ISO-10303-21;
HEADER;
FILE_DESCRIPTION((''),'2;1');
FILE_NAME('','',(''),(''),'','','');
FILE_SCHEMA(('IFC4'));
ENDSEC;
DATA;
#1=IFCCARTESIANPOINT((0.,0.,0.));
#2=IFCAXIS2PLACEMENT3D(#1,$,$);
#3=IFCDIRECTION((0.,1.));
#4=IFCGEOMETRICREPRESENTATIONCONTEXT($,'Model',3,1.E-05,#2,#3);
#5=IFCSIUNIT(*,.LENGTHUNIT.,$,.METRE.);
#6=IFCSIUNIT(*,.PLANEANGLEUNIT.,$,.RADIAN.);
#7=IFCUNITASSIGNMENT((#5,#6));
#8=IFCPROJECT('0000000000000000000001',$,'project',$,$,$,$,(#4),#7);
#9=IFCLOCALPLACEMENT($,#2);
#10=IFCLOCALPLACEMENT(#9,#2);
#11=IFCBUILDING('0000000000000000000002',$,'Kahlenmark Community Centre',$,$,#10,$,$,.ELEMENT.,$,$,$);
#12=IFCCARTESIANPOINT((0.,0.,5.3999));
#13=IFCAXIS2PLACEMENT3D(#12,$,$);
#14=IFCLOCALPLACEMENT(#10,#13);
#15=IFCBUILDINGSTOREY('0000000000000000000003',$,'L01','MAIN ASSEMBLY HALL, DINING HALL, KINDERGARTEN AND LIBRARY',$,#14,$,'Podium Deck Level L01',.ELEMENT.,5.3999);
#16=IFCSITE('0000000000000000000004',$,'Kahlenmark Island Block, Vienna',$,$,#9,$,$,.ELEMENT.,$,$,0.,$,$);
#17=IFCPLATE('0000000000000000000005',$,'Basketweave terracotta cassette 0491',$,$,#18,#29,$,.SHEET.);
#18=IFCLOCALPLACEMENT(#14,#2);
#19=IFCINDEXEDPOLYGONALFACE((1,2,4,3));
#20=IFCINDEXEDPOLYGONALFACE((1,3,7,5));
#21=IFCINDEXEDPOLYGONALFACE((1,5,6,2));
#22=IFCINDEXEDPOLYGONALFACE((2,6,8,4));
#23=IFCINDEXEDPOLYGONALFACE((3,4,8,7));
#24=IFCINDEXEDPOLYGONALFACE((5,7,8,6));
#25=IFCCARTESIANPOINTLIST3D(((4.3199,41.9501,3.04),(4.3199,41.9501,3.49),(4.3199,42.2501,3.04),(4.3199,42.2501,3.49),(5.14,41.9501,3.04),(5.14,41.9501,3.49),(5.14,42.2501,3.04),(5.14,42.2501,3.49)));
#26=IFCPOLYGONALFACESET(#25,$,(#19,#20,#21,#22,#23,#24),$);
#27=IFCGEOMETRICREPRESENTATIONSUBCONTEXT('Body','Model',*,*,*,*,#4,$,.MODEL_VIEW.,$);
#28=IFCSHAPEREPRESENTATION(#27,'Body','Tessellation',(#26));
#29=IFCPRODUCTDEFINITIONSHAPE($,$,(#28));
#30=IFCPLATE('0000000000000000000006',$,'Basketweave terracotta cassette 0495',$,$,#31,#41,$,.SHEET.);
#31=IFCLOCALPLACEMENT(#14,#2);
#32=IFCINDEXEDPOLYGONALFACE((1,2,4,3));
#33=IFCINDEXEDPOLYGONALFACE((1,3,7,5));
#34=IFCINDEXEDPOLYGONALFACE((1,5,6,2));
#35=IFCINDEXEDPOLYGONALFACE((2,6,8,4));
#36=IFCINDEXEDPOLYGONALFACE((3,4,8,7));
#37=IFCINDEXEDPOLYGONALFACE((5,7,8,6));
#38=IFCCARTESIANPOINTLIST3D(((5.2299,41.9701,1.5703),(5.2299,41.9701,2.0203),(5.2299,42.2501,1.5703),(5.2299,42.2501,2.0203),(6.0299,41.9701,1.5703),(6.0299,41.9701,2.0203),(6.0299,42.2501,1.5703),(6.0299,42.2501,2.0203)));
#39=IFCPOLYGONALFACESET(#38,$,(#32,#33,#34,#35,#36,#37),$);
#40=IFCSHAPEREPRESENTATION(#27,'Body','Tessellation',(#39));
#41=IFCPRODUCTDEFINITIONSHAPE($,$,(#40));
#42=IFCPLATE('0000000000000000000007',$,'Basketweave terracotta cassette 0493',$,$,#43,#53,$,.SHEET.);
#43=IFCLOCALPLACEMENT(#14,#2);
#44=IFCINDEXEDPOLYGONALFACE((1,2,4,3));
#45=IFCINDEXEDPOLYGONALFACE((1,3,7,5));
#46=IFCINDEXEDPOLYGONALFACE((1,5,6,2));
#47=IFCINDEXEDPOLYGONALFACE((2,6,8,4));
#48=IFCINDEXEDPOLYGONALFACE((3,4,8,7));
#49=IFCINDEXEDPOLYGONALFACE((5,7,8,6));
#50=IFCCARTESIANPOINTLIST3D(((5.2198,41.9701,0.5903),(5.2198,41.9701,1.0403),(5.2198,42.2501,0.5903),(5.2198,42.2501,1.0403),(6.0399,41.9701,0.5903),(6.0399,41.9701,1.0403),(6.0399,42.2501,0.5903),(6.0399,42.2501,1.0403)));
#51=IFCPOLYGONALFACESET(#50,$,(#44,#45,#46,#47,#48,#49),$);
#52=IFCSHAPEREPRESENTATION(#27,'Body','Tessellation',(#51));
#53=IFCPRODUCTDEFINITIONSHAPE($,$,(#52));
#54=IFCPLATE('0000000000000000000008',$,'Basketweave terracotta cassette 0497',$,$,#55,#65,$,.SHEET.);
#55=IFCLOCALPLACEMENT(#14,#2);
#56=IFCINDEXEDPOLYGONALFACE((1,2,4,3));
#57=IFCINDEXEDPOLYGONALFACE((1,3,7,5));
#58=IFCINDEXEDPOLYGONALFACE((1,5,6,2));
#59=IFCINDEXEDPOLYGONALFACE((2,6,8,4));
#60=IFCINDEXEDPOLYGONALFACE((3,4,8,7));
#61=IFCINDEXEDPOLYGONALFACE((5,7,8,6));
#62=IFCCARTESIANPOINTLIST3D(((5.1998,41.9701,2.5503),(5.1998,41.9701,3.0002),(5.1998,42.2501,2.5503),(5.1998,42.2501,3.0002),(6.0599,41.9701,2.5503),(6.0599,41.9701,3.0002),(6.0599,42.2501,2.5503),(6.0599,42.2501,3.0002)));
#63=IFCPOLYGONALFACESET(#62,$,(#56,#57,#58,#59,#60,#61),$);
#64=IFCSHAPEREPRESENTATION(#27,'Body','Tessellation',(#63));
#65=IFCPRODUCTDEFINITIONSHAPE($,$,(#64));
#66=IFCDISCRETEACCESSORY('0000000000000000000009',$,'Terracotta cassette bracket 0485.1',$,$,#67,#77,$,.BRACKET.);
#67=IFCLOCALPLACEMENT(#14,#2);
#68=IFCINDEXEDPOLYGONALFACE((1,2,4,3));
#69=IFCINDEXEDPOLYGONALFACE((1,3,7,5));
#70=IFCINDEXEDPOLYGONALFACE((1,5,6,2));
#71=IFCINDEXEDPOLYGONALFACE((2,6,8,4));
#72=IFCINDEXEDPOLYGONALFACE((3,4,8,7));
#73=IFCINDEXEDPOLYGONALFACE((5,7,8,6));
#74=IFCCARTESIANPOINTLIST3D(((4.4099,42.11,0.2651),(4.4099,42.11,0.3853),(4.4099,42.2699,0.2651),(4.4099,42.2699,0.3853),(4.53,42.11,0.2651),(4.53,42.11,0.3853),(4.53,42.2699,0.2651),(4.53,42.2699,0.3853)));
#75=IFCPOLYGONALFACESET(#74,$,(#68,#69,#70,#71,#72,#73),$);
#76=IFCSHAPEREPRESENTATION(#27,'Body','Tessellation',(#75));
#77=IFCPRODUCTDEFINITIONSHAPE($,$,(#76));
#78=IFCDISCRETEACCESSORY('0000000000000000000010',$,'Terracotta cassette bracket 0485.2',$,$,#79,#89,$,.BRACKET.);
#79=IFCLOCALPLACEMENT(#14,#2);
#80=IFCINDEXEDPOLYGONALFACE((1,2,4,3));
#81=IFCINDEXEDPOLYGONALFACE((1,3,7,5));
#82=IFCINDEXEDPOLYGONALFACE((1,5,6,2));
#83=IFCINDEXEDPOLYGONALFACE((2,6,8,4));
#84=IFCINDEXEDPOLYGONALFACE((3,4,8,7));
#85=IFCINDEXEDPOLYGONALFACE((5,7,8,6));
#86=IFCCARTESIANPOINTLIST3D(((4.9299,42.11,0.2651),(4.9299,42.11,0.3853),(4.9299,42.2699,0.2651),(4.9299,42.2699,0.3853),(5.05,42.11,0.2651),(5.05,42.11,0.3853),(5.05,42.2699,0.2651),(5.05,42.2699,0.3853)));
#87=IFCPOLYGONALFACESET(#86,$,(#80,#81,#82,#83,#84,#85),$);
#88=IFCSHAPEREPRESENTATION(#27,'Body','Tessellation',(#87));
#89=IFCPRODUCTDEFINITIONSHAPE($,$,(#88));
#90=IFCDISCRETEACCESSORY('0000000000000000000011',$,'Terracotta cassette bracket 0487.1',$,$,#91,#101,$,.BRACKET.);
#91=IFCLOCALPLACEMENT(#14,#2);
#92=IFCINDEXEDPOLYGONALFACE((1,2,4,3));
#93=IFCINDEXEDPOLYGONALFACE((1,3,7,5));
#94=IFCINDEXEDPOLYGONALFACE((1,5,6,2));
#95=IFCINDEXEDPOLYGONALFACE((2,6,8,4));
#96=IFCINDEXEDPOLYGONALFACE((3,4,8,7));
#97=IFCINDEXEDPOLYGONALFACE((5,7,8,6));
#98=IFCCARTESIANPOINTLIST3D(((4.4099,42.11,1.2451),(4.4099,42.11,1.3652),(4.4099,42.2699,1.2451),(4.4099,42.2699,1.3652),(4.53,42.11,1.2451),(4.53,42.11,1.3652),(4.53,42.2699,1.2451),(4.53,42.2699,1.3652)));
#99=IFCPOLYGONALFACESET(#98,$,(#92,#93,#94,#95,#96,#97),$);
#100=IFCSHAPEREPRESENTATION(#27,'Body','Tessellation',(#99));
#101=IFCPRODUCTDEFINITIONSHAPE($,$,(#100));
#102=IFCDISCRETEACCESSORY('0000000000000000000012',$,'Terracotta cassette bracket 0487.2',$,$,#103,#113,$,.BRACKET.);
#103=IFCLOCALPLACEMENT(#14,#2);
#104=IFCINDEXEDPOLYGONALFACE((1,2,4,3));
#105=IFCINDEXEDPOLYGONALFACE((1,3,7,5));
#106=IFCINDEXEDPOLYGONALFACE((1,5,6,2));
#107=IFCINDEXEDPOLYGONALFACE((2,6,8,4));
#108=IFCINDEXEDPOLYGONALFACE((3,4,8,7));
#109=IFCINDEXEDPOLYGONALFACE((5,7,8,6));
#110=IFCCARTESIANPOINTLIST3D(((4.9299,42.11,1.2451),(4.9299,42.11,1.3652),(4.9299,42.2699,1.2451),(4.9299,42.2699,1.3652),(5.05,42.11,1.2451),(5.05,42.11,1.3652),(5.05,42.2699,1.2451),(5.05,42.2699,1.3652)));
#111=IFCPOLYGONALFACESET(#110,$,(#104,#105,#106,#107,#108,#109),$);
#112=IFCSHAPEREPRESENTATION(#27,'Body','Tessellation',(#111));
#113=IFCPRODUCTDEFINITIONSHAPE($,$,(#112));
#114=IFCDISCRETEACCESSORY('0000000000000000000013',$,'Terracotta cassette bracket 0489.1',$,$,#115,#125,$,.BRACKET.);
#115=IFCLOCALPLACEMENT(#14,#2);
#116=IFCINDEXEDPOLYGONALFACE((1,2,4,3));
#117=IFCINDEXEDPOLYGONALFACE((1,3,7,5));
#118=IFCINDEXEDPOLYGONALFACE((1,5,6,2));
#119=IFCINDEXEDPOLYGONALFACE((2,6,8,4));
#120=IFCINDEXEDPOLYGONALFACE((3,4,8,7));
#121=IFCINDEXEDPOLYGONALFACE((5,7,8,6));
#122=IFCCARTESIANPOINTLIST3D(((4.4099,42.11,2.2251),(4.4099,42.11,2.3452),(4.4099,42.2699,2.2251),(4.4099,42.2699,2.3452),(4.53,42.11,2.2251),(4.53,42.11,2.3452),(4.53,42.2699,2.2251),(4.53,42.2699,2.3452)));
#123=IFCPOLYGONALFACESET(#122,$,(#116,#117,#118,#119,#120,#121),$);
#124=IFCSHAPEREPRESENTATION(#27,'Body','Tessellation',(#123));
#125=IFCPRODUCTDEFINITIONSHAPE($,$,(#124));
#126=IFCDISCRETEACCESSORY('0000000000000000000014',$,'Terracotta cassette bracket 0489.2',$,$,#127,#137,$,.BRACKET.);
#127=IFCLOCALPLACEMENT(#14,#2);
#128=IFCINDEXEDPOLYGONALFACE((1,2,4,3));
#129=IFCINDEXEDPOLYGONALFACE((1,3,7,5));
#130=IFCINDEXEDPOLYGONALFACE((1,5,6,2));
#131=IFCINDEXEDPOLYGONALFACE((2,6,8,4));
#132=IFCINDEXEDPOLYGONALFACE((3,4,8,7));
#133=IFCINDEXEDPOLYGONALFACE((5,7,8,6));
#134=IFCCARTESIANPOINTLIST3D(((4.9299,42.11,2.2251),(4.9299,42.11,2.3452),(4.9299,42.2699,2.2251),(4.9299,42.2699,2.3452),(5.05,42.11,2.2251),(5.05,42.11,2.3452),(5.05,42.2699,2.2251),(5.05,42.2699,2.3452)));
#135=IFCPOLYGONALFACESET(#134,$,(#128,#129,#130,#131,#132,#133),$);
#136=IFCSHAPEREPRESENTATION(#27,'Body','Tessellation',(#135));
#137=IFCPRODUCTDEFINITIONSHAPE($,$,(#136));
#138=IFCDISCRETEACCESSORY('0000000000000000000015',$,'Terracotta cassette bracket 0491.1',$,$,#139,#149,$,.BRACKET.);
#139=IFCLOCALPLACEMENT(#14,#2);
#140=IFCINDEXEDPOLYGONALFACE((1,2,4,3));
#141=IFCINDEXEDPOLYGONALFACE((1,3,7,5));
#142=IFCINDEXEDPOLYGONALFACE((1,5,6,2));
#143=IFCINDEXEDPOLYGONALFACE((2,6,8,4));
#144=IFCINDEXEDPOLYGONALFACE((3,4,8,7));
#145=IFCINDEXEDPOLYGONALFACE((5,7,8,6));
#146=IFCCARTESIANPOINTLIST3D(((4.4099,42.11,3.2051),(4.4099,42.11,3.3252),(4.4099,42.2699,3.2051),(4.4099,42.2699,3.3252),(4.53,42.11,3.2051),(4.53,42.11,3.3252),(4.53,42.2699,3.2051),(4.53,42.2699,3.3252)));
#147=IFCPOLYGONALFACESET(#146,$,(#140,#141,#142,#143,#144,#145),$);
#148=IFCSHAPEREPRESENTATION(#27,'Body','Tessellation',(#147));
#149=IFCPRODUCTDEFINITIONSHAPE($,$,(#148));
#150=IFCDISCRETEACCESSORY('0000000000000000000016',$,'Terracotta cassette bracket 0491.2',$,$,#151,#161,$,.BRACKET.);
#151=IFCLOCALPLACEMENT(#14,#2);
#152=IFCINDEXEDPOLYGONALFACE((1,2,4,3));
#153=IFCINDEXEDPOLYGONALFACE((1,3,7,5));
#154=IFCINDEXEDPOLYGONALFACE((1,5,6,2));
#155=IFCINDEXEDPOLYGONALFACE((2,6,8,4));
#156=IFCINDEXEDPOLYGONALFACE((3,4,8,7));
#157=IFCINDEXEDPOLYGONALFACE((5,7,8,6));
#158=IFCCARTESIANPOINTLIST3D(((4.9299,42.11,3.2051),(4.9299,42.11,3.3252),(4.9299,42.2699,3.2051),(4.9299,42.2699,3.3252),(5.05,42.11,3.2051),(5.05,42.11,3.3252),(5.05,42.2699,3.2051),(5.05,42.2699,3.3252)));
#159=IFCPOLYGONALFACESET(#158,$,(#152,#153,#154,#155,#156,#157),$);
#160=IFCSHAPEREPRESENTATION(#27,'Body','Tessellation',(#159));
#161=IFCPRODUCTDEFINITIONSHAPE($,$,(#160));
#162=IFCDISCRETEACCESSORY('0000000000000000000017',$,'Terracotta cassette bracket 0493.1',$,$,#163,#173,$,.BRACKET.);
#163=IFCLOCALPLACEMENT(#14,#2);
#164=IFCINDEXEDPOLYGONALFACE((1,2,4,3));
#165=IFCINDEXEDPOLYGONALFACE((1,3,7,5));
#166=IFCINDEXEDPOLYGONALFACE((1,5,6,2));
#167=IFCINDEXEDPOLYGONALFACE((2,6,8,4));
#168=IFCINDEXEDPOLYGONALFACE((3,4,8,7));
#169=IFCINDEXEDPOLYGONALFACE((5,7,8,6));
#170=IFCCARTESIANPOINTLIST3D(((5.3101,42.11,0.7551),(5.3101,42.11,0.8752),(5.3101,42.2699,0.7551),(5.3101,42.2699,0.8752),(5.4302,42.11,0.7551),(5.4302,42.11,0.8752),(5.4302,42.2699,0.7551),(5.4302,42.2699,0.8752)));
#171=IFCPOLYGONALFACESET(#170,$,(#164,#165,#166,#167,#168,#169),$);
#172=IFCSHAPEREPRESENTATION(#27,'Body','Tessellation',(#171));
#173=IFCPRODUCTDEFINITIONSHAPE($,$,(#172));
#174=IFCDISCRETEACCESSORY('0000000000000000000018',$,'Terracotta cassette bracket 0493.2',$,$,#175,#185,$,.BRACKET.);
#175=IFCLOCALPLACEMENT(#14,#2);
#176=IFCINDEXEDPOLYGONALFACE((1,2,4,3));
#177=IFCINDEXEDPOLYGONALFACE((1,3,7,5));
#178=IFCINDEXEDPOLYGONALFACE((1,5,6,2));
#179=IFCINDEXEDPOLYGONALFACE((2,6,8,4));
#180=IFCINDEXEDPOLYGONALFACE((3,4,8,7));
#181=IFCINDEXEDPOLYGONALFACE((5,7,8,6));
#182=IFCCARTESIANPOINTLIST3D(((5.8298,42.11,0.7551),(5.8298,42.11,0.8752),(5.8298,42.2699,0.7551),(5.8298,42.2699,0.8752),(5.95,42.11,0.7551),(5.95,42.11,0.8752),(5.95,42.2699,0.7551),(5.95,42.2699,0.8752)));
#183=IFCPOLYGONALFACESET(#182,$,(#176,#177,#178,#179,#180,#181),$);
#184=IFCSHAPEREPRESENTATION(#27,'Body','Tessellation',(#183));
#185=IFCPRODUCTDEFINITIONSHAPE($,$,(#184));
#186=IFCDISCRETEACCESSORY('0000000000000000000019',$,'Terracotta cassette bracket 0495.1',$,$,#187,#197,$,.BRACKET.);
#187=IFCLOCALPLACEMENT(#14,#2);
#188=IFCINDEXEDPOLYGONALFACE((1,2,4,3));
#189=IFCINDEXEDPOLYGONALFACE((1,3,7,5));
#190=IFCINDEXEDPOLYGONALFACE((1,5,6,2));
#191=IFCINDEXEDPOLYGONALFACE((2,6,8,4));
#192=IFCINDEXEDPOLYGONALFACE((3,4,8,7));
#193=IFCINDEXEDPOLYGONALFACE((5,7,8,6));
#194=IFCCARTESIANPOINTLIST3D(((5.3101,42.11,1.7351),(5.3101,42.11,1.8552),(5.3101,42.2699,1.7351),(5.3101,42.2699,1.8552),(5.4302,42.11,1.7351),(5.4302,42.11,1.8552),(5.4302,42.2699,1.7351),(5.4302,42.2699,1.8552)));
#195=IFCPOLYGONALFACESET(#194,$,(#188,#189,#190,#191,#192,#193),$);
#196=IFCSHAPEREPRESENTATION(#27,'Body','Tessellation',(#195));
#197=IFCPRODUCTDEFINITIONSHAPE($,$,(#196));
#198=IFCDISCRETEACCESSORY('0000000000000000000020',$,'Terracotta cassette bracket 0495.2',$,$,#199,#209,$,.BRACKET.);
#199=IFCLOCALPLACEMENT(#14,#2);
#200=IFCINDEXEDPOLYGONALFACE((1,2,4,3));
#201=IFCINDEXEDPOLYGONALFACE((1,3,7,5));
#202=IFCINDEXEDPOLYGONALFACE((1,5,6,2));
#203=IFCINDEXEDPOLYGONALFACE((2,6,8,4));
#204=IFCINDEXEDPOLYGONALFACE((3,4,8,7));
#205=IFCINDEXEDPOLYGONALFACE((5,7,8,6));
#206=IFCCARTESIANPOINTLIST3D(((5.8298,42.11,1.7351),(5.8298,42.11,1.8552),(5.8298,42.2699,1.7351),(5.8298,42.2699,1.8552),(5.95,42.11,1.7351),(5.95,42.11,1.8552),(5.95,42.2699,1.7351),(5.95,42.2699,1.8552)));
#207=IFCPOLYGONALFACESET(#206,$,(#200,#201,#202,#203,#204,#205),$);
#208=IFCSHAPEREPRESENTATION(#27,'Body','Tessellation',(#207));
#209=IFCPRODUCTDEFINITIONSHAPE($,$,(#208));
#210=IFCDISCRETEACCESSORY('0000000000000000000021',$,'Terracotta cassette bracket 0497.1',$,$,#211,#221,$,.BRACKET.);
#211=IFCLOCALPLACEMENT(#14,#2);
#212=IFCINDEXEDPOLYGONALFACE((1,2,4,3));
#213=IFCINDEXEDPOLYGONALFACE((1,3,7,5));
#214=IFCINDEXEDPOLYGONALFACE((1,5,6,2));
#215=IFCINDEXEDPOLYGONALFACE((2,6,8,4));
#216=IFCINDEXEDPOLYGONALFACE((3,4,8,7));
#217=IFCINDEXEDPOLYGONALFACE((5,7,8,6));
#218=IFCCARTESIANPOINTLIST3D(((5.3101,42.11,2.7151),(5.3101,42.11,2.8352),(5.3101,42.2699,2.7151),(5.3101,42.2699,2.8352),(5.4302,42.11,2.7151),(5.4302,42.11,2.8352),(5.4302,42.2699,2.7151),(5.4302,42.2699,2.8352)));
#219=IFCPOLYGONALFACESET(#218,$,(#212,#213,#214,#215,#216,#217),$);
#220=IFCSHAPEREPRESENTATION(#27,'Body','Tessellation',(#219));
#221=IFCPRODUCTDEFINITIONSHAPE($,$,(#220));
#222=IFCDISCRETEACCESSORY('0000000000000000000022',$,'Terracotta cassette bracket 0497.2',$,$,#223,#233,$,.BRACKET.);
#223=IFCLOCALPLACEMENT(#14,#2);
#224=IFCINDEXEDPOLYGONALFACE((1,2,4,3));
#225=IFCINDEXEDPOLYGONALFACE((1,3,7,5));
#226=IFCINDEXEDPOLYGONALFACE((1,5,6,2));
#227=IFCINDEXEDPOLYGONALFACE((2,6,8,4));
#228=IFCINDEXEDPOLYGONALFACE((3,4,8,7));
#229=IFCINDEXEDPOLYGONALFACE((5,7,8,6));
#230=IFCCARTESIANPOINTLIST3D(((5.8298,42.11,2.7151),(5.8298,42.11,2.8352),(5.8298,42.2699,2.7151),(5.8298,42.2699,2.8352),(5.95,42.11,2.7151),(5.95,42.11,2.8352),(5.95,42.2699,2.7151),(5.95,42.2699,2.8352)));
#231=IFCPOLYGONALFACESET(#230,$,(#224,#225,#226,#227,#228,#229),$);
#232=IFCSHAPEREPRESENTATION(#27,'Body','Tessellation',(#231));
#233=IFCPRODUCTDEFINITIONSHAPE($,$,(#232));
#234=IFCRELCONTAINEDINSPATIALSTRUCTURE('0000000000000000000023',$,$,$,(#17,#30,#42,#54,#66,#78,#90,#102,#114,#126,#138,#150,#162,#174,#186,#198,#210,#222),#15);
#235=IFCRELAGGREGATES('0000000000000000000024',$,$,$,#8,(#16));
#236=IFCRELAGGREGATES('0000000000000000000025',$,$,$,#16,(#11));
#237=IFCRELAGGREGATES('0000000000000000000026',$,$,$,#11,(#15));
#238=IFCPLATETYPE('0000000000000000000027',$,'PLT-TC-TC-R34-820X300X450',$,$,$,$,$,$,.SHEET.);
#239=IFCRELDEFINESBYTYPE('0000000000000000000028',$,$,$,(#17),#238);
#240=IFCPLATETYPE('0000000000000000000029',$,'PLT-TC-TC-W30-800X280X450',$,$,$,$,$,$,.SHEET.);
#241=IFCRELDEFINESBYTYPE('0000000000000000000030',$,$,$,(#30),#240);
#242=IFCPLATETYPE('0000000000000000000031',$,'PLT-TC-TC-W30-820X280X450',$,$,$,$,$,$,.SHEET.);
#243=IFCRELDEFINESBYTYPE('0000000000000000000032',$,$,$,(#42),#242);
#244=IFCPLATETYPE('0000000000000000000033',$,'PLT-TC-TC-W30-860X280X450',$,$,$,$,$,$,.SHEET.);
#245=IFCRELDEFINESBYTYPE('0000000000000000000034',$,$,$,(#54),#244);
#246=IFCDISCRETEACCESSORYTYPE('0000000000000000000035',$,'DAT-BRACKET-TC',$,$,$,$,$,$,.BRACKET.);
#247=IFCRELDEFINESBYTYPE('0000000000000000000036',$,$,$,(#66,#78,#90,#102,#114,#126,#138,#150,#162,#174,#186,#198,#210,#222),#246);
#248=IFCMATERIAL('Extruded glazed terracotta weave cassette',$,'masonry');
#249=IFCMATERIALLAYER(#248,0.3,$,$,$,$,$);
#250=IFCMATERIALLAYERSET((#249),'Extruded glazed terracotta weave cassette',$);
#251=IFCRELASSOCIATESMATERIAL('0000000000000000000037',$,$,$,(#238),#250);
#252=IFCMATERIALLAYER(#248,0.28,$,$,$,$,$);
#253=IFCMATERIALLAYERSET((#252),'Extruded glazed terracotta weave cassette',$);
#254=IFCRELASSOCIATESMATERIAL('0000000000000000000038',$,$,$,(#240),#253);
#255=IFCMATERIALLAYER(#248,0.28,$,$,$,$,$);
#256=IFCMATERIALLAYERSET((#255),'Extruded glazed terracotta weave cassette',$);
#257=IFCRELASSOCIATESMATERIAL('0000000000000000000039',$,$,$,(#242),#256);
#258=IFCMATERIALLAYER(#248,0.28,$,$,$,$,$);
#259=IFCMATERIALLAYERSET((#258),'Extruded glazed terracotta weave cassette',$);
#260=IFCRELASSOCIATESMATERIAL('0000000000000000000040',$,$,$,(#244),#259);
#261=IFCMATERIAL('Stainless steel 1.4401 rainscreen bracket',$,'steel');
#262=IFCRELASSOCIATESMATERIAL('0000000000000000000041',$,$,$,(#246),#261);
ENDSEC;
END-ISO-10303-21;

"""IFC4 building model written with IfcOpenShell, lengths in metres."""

from ifc_helpers import new_model, si_unit, direction, frame, origin, origin_2d, place, context, subcontext, project, spatial, rectangle, extrude, material, layer, layer_set, type_object, element, save


model = new_model("IFC4")

# Units and contexts
model_context = context("Model", 3, precision=1e-05, world=origin(), true_north=direction((0.0, 1.0)))
body_context = subcontext(model_context, "Body", "Model", "MODEL_VIEW")
ifc_project = project(units=[si_unit("LENGTHUNIT", "METRE"), si_unit("PLANEANGLEUNIT", "RADIAN")], contexts=[model_context])

# Site, building, storey
site_placement = place(None, origin())
site = spatial("IfcSite", under=ifc_project, at=site_placement, Name="Kahlenmark Island Block, Vienna", CompositionType="ELEMENT", RefElevation=0.0)
building_placement = place(site_placement, origin())
building = spatial("IfcBuilding", under=site, at=building_placement, Name="Kahlenmark Community Centre", CompositionType="ELEMENT")
storey_placement = place(building_placement, frame((0.0, 0.0, 5.3999)))
storey = spatial("IfcBuildingStorey", under=building, at=storey_placement, Name="L01", Description="MAIN ASSEMBLY HALL, DINING HALL, KINDERGARTEN AND LIBRARY", LongName="Podium Deck Level L01", CompositionType="ELEMENT", Elevation=5.3999)

# Plates
ifc_material_1 = material(Name="Extruded glazed terracotta weave cassette", Category="masonry")
ifc_layer_1 = layer(ifc_material_1, 0.3)
ifc_layer_set_1 = layer_set([ifc_layer_1], Name="Extruded glazed terracotta weave cassette")
plate_type_1 = type_object("IfcPlateType", Name="PLT-TC-TC-R34-820X300X450", PredefinedType="SHEET", material=ifc_layer_set_1)
plate_1_placement = place(storey_placement, frame((4.73, 42.1001, 3.04), z_axis=(0.0, 0.0, 1.0), x_axis=(1.0, 0.0, 0.0)))
element("IfcPlate", 1, at=plate_1_placement, inside=storey, type_object=plate_type_1, Name="Basketweave terracotta cassette 0491", PredefinedType="SHEET", context=body_context, shape_type="SweptSolid", body=[
    extrude(rectangle(XDim=0.8201, YDim=0.3, at=origin_2d()), origin(), (0.0, 0.0, 1.0), 0.45),
])
ifc_layer_2 = layer(ifc_material_1, 0.28)
ifc_layer_set_2 = layer_set([ifc_layer_2], Name="Extruded glazed terracotta weave cassette")
plate_type_2 = type_object("IfcPlateType", Name="PLT-TC-TC-W30-800X280X450", PredefinedType="SHEET", material=ifc_layer_set_2)
plate_2_placement = place(storey_placement, frame((5.6299, 42.1101, 1.5703), z_axis=(0.0, 0.0, 1.0), x_axis=(1.0, 0.0, 0.0)))
element("IfcPlate", 2, at=plate_2_placement, inside=storey, type_object=plate_type_2, Name="Basketweave terracotta cassette 0495", PredefinedType="SHEET", context=body_context, shape_type="SweptSolid", body=[
    extrude(rectangle(XDim=0.8, YDim=0.28, at=origin_2d()), origin(), (0.0, 0.0, 1.0), 0.45),
])
ifc_layer_3 = layer(ifc_material_1, 0.28)
ifc_layer_set_3 = layer_set([ifc_layer_3], Name="Extruded glazed terracotta weave cassette")
plate_type_3 = type_object("IfcPlateType", Name="PLT-TC-TC-W30-820X280X450", PredefinedType="SHEET", material=ifc_layer_set_3)
plate_3_placement = place(storey_placement, frame((5.6299, 42.1101, 0.5903), z_axis=(0.0, 0.0, 1.0), x_axis=(1.0, 0.0, 0.0)))
element("IfcPlate", 3, at=plate_3_placement, inside=storey, type_object=plate_type_3, Name="Basketweave terracotta cassette 0493", PredefinedType="SHEET", context=body_context, shape_type="SweptSolid", body=[
    extrude(rectangle(XDim=0.8201, YDim=0.28, at=origin_2d()), origin(), (0.0, 0.0, 1.0), 0.45),
])
ifc_layer_4 = layer(ifc_material_1, 0.28)
ifc_layer_set_4 = layer_set([ifc_layer_4], Name="Extruded glazed terracotta weave cassette")
plate_type_4 = type_object("IfcPlateType", Name="PLT-TC-TC-W30-860X280X450", PredefinedType="SHEET", material=ifc_layer_set_4)
plate_4_placement = place(storey_placement, frame((5.6299, 42.1101, 2.5503), z_axis=(0.0, 0.0, 1.0), x_axis=(1.0, 0.0, 0.0)))
element("IfcPlate", 4, at=plate_4_placement, inside=storey, type_object=plate_type_4, Name="Basketweave terracotta cassette 0497", PredefinedType="SHEET", context=body_context, shape_type="SweptSolid", body=[
    extrude(rectangle(XDim=0.8601, YDim=0.28, at=origin_2d()), origin(), (0.0, 0.0, 1.0), 0.45),
])

# Discrete accessories
ifc_material_2 = material(Name="Stainless steel 1.4401 rainscreen bracket", Category="steel")
discrete_accessory_type = type_object("IfcDiscreteAccessoryType", Name="DAT-BRACKET-TC", PredefinedType="BRACKET", material=ifc_material_2)
for number, where, z_axis, x_axis, name in (
    (5, (4.47, 42.1899, 0.2651), (0.0, 0.0, 1.0), (1.0, 0.0, 0.0), "Terracotta cassette bracket 0485.1"),
    (6, (4.99, 42.1899, 0.2651), (0.0, 0.0, 1.0), (1.0, 0.0, 0.0), "Terracotta cassette bracket 0485.2"),
    (7, (4.47, 42.1899, 1.2451), (0.0, 0.0, 1.0), (1.0, 0.0, 0.0), "Terracotta cassette bracket 0487.1"),
    (8, (4.99, 42.1899, 1.2451), (0.0, 0.0, 1.0), (1.0, 0.0, 0.0), "Terracotta cassette bracket 0487.2"),
    (9, (4.47, 42.1899, 2.2251), (0.0, 0.0, 1.0), (1.0, 0.0, 0.0), "Terracotta cassette bracket 0489.1"),
    (10, (4.99, 42.1899, 2.2251), (0.0, 0.0, 1.0), (1.0, 0.0, 0.0), "Terracotta cassette bracket 0489.2"),
    (11, (4.47, 42.1899, 3.2051), (0.0, 0.0, 1.0), (1.0, 0.0, 0.0), "Terracotta cassette bracket 0491.1"),
    (12, (4.99, 42.1899, 3.2051), (0.0, 0.0, 1.0), (1.0, 0.0, 0.0), "Terracotta cassette bracket 0491.2"),
    (13, (5.3701, 42.1899, 0.7551), (0.0, 0.0, 1.0), (1.0, 0.0, 0.0), "Terracotta cassette bracket 0493.1"),
    (14, (5.8899, 42.1899, 0.7551), (0.0, 0.0, 1.0), (1.0, 0.0, 0.0), "Terracotta cassette bracket 0493.2"),
    (15, (5.3701, 42.1899, 1.7351), (0.0, 0.0, 1.0), (1.0, 0.0, 0.0), "Terracotta cassette bracket 0495.1"),
    (16, (5.8899, 42.1899, 1.7351), (0.0, 0.0, 1.0), (1.0, 0.0, 0.0), "Terracotta cassette bracket 0495.2"),
    (17, (5.3701, 42.1899, 2.7151), (0.0, 0.0, 1.0), (1.0, 0.0, 0.0), "Terracotta cassette bracket 0497.1"),
    (18, (5.8899, 42.1899, 2.7151), (0.0, 0.0, 1.0), (1.0, 0.0, 0.0), "Terracotta cassette bracket 0497.2"),
):
    element("IfcDiscreteAccessory", number, at=place(storey_placement, frame(where, z_axis=z_axis, x_axis=x_axis)), inside=storey, type_object=discrete_accessory_type, Name=name, PredefinedType="BRACKET", context=body_context, shape_type="SweptSolid", body=[
        extrude(rectangle(XDim=0.1201, YDim=0.1599, at=origin_2d()), origin(), (0.0, 0.0, 1.0), 0.1201),
    ])

save(model, "model.ifc")
